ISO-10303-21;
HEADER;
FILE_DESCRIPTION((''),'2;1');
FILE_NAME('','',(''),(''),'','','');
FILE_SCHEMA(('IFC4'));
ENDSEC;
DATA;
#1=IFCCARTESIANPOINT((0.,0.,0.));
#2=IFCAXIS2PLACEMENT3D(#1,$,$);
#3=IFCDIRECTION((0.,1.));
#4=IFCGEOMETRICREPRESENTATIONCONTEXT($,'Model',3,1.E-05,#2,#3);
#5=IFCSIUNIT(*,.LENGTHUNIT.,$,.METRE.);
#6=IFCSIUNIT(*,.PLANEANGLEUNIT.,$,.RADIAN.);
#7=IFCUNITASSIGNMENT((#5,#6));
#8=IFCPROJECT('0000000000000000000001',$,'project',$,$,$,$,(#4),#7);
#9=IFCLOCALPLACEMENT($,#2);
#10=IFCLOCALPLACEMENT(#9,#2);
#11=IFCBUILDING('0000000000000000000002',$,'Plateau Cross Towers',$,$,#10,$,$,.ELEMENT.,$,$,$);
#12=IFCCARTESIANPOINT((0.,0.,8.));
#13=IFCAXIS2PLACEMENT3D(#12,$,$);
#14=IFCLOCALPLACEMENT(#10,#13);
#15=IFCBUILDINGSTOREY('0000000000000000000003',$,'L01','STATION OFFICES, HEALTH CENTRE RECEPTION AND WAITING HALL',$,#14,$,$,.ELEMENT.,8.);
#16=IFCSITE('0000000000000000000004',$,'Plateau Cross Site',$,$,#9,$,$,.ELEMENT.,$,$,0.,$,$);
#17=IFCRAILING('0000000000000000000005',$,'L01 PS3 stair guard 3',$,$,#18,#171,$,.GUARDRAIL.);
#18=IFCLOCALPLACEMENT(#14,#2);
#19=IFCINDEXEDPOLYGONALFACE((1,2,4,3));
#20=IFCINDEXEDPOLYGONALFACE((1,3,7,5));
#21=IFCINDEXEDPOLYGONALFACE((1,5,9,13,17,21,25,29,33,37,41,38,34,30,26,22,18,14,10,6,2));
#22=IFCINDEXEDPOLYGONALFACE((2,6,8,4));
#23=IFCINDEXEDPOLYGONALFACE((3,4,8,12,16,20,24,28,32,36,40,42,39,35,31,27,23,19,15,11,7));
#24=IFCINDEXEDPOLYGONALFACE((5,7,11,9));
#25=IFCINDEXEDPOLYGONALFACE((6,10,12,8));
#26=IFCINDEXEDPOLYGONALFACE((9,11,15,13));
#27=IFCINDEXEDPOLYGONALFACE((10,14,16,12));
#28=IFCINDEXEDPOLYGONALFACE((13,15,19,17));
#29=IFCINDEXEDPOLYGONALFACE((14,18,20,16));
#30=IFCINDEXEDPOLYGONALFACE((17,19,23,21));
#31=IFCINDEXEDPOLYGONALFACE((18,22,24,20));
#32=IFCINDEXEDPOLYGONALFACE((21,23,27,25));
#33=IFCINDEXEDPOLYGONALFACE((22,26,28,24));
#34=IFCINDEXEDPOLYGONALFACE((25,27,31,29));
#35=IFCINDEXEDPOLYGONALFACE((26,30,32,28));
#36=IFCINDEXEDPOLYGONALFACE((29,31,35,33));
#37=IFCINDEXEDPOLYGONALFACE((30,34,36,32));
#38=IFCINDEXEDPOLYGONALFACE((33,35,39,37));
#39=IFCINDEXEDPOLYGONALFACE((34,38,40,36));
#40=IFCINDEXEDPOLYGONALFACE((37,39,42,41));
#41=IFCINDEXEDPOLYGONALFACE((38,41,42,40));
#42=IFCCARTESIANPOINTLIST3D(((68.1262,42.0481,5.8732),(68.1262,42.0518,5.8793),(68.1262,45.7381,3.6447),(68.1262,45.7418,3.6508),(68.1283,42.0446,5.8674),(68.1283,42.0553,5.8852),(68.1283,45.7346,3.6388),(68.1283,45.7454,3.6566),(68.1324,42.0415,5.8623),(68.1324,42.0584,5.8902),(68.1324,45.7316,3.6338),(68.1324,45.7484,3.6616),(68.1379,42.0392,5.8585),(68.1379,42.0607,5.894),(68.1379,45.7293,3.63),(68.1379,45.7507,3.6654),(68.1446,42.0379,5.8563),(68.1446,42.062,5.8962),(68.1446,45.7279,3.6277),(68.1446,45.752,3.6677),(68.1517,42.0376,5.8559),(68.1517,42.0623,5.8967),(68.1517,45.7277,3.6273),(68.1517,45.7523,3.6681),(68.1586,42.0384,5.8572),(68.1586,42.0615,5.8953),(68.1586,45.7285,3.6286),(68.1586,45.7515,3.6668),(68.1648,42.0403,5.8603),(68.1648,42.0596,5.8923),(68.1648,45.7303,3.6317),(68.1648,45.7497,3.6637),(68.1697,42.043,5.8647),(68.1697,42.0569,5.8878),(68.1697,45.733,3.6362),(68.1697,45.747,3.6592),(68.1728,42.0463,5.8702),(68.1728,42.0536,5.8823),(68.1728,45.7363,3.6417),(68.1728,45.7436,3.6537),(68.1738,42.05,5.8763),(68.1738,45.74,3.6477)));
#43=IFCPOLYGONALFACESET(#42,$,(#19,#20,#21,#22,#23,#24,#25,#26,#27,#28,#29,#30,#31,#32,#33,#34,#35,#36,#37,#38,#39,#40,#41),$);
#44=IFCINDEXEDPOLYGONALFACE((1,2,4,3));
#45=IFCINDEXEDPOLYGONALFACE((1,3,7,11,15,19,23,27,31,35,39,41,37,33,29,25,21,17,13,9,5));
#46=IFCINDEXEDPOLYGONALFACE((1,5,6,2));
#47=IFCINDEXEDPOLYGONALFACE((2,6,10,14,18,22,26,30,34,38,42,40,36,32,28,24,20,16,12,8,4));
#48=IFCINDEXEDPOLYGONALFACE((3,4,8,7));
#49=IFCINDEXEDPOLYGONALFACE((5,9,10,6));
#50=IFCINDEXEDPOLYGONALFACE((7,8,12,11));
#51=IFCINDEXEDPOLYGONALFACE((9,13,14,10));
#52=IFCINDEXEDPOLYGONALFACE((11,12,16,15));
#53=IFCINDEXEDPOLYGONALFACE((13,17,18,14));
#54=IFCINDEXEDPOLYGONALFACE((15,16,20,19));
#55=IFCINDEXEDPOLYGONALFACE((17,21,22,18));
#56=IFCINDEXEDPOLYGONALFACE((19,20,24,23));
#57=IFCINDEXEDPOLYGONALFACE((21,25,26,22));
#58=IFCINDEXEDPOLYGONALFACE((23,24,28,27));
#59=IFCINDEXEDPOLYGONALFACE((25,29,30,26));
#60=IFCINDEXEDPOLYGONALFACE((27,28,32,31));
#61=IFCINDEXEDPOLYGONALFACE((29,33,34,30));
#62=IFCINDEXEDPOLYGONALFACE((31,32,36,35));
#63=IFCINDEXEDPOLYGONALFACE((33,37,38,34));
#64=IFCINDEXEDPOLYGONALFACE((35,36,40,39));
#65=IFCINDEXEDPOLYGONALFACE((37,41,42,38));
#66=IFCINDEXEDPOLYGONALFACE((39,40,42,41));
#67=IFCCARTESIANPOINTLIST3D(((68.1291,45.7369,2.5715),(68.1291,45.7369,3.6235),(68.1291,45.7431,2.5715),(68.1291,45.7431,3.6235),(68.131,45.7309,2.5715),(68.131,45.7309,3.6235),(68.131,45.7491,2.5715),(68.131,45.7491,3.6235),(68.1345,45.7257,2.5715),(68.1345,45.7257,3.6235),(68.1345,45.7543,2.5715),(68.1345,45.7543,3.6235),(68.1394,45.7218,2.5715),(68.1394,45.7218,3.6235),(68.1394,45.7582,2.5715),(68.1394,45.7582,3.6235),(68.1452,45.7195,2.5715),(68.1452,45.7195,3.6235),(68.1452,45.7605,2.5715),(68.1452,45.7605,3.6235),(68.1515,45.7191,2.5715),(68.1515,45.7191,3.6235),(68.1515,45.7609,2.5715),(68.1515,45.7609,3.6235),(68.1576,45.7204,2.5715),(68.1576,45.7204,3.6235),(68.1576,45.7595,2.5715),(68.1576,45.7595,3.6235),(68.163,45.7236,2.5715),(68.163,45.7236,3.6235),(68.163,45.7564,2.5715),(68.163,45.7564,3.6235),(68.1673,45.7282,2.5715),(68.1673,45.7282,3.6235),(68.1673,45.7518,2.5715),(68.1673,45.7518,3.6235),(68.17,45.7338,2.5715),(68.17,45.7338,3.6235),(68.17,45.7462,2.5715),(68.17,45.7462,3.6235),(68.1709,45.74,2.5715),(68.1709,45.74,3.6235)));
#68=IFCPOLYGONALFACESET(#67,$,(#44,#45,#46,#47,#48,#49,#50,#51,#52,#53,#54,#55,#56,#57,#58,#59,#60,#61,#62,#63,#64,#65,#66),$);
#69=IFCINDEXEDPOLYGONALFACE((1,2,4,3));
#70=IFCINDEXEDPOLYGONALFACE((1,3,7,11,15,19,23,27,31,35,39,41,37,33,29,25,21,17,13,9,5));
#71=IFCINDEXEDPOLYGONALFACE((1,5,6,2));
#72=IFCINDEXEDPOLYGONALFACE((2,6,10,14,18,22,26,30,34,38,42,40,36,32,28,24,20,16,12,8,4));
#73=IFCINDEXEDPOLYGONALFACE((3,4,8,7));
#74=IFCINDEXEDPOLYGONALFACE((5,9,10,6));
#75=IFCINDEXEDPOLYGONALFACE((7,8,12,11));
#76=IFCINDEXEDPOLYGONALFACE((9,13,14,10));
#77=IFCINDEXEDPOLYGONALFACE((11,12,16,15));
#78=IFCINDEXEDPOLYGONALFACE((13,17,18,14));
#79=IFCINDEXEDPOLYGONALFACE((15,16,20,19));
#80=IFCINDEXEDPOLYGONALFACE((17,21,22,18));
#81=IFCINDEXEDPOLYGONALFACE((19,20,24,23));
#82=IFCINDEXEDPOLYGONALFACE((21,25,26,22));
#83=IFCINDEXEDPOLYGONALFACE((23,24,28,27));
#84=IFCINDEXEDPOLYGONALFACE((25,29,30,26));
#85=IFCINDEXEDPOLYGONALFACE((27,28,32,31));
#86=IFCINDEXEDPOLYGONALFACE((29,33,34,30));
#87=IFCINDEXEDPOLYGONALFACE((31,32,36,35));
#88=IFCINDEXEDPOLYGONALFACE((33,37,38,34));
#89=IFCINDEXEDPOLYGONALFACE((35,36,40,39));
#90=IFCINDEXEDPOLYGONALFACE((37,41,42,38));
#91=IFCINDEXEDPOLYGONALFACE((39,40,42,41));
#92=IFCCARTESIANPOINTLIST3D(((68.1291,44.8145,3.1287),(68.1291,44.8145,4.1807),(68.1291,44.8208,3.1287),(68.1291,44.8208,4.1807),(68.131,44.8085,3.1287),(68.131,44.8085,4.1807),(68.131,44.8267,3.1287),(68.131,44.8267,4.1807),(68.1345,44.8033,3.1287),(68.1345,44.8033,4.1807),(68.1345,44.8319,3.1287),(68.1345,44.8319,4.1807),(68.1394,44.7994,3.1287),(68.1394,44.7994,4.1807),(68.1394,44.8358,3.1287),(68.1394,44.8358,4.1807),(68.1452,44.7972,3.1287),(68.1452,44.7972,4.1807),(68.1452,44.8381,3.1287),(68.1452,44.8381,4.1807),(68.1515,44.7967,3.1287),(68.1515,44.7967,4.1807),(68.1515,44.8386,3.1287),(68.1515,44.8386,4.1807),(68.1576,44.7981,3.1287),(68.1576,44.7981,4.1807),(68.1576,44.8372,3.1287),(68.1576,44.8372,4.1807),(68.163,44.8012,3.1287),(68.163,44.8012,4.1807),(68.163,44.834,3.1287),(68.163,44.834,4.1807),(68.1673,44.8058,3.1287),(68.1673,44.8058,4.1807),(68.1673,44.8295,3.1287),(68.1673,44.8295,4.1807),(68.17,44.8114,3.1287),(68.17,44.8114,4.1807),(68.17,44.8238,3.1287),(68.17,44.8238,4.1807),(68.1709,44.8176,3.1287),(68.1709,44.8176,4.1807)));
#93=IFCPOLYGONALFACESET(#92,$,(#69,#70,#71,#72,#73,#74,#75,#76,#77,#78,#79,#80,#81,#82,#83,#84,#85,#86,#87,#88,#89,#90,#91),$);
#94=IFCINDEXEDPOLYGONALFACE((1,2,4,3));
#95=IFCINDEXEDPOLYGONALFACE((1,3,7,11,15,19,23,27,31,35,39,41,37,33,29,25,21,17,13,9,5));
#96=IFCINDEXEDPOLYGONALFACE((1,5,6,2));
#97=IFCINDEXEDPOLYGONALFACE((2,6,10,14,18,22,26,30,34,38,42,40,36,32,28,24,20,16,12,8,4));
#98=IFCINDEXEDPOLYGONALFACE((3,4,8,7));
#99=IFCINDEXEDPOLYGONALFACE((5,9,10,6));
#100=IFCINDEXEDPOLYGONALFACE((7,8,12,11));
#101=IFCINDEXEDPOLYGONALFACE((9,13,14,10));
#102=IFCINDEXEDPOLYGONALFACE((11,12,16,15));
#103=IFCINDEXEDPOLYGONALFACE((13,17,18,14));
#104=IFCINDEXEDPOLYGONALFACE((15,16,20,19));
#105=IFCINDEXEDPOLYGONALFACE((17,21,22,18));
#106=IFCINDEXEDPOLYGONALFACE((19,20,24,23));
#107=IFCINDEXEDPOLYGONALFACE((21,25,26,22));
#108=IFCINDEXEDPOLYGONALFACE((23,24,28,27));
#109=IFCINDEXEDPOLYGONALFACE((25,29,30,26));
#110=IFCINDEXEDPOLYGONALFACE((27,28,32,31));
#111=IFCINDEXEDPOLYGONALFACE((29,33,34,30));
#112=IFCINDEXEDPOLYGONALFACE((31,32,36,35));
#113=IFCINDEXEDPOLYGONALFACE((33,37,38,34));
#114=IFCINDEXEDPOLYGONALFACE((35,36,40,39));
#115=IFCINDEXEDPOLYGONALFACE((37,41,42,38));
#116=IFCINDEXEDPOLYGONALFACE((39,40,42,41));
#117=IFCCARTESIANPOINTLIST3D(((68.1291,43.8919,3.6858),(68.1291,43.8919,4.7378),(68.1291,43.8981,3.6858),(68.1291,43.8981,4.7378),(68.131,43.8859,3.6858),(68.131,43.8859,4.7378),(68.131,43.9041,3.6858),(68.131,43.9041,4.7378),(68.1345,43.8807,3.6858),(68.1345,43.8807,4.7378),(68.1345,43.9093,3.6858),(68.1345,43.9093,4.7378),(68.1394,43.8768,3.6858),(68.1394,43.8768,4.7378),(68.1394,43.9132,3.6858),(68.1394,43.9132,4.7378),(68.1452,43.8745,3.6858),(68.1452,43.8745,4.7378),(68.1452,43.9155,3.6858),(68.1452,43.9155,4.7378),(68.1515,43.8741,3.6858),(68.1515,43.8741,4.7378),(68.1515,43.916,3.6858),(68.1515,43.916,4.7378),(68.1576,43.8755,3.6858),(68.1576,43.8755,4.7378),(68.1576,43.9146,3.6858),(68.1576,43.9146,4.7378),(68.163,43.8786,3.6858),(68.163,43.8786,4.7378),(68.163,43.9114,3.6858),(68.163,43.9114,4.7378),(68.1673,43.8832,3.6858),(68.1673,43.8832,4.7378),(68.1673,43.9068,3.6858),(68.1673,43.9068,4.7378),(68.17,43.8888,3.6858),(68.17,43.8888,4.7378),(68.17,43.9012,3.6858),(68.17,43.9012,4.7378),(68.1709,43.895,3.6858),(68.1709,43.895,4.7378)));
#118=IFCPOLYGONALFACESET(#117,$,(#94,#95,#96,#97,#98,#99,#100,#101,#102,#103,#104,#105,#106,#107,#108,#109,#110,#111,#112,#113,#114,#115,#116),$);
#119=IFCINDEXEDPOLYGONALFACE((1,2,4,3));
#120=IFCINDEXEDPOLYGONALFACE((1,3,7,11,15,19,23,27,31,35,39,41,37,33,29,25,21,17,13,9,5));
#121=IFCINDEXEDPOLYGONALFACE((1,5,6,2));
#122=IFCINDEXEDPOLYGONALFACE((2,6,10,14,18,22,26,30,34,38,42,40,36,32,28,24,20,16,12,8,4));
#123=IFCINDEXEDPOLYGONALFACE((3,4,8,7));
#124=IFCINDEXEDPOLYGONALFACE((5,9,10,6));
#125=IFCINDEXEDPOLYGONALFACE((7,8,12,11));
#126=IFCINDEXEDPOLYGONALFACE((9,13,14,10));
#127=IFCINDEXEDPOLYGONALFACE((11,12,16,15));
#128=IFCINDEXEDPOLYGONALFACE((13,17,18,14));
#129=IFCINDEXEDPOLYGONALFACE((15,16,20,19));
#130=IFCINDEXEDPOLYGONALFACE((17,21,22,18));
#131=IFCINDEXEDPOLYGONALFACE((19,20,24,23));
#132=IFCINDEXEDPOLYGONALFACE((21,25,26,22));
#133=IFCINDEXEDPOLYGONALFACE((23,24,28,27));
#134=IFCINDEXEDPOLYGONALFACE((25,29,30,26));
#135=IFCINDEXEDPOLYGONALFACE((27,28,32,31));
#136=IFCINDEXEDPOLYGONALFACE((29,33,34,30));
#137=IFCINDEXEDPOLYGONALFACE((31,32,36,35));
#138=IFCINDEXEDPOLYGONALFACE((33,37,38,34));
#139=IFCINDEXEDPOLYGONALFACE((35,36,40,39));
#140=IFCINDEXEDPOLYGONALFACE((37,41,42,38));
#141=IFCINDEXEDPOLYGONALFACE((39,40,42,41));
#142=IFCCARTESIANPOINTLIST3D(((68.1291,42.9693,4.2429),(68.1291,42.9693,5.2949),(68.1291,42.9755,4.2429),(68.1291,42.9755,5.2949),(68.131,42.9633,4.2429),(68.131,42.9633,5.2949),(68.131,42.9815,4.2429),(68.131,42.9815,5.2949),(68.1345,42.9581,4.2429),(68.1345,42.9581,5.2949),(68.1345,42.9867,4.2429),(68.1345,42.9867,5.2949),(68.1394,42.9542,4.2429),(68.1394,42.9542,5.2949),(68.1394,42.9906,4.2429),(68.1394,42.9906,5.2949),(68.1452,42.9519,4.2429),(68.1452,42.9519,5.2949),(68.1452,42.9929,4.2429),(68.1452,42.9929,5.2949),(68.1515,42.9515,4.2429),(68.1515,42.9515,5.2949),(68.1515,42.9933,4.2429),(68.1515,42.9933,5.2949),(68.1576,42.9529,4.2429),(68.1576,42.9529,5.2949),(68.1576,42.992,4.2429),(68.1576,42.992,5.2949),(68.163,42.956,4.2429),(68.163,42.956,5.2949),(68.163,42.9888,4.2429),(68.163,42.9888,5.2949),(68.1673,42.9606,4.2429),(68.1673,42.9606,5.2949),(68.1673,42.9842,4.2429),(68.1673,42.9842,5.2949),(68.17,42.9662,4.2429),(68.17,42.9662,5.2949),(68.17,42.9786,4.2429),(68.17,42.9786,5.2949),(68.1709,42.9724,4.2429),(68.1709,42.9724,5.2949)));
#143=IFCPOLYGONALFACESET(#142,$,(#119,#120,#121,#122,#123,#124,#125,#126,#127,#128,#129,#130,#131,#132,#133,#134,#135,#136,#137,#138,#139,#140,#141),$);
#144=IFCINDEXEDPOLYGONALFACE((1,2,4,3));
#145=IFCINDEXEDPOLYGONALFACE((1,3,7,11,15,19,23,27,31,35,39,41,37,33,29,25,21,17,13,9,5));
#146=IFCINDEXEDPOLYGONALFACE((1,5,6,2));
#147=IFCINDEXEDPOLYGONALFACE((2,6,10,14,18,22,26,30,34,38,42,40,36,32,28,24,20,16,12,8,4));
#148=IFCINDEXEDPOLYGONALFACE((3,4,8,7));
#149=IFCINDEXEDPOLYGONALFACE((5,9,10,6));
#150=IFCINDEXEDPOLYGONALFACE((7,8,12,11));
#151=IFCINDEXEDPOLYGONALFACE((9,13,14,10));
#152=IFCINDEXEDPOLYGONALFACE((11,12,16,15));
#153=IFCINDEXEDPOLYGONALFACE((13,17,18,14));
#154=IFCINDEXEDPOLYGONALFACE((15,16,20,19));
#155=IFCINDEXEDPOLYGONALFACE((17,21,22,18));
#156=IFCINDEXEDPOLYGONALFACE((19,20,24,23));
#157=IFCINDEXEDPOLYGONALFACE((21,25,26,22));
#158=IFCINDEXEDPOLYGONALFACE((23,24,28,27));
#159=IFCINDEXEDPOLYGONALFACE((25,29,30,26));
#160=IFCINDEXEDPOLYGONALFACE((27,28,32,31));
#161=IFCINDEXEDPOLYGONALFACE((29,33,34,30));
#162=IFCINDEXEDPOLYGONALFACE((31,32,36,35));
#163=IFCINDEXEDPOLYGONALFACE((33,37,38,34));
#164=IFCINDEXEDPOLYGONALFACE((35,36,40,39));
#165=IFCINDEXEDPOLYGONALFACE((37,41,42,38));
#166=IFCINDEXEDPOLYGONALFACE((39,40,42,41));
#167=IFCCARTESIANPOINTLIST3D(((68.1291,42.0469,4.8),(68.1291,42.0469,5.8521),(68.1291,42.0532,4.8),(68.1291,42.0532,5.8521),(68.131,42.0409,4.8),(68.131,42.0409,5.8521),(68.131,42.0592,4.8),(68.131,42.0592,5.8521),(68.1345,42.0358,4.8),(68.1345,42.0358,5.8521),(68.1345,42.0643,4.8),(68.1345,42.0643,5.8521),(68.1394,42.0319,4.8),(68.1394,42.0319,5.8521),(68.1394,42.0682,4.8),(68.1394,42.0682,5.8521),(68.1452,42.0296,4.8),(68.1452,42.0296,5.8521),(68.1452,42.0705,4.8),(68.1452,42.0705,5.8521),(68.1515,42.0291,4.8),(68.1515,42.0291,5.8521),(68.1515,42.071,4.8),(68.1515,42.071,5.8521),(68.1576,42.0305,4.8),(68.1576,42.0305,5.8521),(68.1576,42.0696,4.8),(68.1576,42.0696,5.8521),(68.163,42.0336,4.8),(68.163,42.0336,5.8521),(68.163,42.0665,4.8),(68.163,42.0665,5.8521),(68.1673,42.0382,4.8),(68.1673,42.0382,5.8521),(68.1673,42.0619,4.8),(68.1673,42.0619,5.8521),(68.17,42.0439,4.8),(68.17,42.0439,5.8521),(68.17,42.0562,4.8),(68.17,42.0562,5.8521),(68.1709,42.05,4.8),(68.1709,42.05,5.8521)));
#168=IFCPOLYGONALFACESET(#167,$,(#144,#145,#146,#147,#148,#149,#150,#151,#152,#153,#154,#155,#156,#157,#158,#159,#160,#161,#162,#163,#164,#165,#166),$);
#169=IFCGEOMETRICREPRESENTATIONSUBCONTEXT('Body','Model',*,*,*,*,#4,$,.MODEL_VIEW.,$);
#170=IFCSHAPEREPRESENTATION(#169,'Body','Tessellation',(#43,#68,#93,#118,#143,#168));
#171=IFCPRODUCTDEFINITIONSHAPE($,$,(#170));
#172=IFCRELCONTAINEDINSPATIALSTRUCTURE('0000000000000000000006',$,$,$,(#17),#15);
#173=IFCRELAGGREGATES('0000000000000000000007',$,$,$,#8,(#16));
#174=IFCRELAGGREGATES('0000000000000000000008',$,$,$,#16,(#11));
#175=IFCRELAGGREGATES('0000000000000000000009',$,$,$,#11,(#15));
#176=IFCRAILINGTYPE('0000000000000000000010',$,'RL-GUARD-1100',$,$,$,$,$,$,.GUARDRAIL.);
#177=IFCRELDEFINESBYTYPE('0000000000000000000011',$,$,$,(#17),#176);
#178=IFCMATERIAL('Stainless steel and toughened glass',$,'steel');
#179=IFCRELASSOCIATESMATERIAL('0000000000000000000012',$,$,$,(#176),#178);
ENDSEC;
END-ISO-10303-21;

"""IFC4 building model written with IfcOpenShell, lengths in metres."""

from ifc_helpers import new_model, si_unit, direction, frame, origin, origin_2d, place, context, subcontext, project, spatial, circle, extrude, material, type_object, element, save


model = new_model("IFC4")

# Units and contexts
model_context = context("Model", 3, precision=1e-05, world=origin(), true_north=direction((0.0, 1.0)))
body_context = subcontext(model_context, "Body", "Model", "MODEL_VIEW")
ifc_project = project(units=[si_unit("LENGTHUNIT", "METRE"), si_unit("PLANEANGLEUNIT", "RADIAN")], contexts=[model_context])

# Site, building, storey
site_placement = place(None, origin())
site = spatial("IfcSite", under=ifc_project, at=site_placement, Name="Plateau Cross Site", CompositionType="ELEMENT", RefElevation=0.0)
building_placement = place(site_placement, origin())
building = spatial("IfcBuilding", under=site, at=building_placement, Name="Plateau Cross Towers", CompositionType="ELEMENT")
storey_placement = place(building_placement, frame((0.0, 0.0, 8.0)))
storey = spatial("IfcBuildingStorey", under=building, at=storey_placement, Name="L01", Description="STATION OFFICES, HEALTH CENTRE RECEPTION AND WAITING HALL", CompositionType="ELEMENT", Elevation=8.0)

# Railing
ifc_material_1 = material(Name="Stainless steel and toughened glass", Category="steel")
railing_type_1 = type_object("IfcRailingType", Name="RL-GUARD-1100", PredefinedType="GUARDRAIL", material=ifc_material_1)
railing_1_placement = place(storey_placement, frame((68.1499, 45.74, 2.5715)))
element("IfcRailing", 1, at=railing_1_placement, inside=storey, type_object=railing_type_1, Name="L01 PS3 stair guard 3", PredefinedType="GUARDRAIL", context=body_context, shape_type="SweptSolid", body=[
    extrude(circle(Radius=0.0239, at=origin_2d()), frame((0.0, 0.0, 1.0762), z_axis=(0.0, -0.856, 0.516976), x_axis=(1.0, 0.0, 0.0)), (0.0, 0.0, 1.0), 4.3108),
    extrude(circle(Radius=0.021, at=origin_2d()), origin(), (0.0, 0.0, 1.0), 1.052),
    extrude(circle(Radius=0.021, at=origin_2d()), frame((0.0, -0.9224, 0.5571)), (0.0, 0.0, 1.0), 1.052),
    extrude(circle(Radius=0.021, at=origin_2d()), frame((0.0, -1.845, 1.1143)), (0.0, 0.0, 1.0), 1.052),
    extrude(circle(Radius=0.021, at=origin_2d()), frame((0.0, -2.7676, 1.6714)), (0.0, 0.0, 1.0), 1.052),
    extrude(circle(Radius=0.021, at=origin_2d()), frame((0.0, -3.6899, 2.2285)), (0.0, 0.0, 1.0), 1.052),
])

save(model, "model.ifc")
